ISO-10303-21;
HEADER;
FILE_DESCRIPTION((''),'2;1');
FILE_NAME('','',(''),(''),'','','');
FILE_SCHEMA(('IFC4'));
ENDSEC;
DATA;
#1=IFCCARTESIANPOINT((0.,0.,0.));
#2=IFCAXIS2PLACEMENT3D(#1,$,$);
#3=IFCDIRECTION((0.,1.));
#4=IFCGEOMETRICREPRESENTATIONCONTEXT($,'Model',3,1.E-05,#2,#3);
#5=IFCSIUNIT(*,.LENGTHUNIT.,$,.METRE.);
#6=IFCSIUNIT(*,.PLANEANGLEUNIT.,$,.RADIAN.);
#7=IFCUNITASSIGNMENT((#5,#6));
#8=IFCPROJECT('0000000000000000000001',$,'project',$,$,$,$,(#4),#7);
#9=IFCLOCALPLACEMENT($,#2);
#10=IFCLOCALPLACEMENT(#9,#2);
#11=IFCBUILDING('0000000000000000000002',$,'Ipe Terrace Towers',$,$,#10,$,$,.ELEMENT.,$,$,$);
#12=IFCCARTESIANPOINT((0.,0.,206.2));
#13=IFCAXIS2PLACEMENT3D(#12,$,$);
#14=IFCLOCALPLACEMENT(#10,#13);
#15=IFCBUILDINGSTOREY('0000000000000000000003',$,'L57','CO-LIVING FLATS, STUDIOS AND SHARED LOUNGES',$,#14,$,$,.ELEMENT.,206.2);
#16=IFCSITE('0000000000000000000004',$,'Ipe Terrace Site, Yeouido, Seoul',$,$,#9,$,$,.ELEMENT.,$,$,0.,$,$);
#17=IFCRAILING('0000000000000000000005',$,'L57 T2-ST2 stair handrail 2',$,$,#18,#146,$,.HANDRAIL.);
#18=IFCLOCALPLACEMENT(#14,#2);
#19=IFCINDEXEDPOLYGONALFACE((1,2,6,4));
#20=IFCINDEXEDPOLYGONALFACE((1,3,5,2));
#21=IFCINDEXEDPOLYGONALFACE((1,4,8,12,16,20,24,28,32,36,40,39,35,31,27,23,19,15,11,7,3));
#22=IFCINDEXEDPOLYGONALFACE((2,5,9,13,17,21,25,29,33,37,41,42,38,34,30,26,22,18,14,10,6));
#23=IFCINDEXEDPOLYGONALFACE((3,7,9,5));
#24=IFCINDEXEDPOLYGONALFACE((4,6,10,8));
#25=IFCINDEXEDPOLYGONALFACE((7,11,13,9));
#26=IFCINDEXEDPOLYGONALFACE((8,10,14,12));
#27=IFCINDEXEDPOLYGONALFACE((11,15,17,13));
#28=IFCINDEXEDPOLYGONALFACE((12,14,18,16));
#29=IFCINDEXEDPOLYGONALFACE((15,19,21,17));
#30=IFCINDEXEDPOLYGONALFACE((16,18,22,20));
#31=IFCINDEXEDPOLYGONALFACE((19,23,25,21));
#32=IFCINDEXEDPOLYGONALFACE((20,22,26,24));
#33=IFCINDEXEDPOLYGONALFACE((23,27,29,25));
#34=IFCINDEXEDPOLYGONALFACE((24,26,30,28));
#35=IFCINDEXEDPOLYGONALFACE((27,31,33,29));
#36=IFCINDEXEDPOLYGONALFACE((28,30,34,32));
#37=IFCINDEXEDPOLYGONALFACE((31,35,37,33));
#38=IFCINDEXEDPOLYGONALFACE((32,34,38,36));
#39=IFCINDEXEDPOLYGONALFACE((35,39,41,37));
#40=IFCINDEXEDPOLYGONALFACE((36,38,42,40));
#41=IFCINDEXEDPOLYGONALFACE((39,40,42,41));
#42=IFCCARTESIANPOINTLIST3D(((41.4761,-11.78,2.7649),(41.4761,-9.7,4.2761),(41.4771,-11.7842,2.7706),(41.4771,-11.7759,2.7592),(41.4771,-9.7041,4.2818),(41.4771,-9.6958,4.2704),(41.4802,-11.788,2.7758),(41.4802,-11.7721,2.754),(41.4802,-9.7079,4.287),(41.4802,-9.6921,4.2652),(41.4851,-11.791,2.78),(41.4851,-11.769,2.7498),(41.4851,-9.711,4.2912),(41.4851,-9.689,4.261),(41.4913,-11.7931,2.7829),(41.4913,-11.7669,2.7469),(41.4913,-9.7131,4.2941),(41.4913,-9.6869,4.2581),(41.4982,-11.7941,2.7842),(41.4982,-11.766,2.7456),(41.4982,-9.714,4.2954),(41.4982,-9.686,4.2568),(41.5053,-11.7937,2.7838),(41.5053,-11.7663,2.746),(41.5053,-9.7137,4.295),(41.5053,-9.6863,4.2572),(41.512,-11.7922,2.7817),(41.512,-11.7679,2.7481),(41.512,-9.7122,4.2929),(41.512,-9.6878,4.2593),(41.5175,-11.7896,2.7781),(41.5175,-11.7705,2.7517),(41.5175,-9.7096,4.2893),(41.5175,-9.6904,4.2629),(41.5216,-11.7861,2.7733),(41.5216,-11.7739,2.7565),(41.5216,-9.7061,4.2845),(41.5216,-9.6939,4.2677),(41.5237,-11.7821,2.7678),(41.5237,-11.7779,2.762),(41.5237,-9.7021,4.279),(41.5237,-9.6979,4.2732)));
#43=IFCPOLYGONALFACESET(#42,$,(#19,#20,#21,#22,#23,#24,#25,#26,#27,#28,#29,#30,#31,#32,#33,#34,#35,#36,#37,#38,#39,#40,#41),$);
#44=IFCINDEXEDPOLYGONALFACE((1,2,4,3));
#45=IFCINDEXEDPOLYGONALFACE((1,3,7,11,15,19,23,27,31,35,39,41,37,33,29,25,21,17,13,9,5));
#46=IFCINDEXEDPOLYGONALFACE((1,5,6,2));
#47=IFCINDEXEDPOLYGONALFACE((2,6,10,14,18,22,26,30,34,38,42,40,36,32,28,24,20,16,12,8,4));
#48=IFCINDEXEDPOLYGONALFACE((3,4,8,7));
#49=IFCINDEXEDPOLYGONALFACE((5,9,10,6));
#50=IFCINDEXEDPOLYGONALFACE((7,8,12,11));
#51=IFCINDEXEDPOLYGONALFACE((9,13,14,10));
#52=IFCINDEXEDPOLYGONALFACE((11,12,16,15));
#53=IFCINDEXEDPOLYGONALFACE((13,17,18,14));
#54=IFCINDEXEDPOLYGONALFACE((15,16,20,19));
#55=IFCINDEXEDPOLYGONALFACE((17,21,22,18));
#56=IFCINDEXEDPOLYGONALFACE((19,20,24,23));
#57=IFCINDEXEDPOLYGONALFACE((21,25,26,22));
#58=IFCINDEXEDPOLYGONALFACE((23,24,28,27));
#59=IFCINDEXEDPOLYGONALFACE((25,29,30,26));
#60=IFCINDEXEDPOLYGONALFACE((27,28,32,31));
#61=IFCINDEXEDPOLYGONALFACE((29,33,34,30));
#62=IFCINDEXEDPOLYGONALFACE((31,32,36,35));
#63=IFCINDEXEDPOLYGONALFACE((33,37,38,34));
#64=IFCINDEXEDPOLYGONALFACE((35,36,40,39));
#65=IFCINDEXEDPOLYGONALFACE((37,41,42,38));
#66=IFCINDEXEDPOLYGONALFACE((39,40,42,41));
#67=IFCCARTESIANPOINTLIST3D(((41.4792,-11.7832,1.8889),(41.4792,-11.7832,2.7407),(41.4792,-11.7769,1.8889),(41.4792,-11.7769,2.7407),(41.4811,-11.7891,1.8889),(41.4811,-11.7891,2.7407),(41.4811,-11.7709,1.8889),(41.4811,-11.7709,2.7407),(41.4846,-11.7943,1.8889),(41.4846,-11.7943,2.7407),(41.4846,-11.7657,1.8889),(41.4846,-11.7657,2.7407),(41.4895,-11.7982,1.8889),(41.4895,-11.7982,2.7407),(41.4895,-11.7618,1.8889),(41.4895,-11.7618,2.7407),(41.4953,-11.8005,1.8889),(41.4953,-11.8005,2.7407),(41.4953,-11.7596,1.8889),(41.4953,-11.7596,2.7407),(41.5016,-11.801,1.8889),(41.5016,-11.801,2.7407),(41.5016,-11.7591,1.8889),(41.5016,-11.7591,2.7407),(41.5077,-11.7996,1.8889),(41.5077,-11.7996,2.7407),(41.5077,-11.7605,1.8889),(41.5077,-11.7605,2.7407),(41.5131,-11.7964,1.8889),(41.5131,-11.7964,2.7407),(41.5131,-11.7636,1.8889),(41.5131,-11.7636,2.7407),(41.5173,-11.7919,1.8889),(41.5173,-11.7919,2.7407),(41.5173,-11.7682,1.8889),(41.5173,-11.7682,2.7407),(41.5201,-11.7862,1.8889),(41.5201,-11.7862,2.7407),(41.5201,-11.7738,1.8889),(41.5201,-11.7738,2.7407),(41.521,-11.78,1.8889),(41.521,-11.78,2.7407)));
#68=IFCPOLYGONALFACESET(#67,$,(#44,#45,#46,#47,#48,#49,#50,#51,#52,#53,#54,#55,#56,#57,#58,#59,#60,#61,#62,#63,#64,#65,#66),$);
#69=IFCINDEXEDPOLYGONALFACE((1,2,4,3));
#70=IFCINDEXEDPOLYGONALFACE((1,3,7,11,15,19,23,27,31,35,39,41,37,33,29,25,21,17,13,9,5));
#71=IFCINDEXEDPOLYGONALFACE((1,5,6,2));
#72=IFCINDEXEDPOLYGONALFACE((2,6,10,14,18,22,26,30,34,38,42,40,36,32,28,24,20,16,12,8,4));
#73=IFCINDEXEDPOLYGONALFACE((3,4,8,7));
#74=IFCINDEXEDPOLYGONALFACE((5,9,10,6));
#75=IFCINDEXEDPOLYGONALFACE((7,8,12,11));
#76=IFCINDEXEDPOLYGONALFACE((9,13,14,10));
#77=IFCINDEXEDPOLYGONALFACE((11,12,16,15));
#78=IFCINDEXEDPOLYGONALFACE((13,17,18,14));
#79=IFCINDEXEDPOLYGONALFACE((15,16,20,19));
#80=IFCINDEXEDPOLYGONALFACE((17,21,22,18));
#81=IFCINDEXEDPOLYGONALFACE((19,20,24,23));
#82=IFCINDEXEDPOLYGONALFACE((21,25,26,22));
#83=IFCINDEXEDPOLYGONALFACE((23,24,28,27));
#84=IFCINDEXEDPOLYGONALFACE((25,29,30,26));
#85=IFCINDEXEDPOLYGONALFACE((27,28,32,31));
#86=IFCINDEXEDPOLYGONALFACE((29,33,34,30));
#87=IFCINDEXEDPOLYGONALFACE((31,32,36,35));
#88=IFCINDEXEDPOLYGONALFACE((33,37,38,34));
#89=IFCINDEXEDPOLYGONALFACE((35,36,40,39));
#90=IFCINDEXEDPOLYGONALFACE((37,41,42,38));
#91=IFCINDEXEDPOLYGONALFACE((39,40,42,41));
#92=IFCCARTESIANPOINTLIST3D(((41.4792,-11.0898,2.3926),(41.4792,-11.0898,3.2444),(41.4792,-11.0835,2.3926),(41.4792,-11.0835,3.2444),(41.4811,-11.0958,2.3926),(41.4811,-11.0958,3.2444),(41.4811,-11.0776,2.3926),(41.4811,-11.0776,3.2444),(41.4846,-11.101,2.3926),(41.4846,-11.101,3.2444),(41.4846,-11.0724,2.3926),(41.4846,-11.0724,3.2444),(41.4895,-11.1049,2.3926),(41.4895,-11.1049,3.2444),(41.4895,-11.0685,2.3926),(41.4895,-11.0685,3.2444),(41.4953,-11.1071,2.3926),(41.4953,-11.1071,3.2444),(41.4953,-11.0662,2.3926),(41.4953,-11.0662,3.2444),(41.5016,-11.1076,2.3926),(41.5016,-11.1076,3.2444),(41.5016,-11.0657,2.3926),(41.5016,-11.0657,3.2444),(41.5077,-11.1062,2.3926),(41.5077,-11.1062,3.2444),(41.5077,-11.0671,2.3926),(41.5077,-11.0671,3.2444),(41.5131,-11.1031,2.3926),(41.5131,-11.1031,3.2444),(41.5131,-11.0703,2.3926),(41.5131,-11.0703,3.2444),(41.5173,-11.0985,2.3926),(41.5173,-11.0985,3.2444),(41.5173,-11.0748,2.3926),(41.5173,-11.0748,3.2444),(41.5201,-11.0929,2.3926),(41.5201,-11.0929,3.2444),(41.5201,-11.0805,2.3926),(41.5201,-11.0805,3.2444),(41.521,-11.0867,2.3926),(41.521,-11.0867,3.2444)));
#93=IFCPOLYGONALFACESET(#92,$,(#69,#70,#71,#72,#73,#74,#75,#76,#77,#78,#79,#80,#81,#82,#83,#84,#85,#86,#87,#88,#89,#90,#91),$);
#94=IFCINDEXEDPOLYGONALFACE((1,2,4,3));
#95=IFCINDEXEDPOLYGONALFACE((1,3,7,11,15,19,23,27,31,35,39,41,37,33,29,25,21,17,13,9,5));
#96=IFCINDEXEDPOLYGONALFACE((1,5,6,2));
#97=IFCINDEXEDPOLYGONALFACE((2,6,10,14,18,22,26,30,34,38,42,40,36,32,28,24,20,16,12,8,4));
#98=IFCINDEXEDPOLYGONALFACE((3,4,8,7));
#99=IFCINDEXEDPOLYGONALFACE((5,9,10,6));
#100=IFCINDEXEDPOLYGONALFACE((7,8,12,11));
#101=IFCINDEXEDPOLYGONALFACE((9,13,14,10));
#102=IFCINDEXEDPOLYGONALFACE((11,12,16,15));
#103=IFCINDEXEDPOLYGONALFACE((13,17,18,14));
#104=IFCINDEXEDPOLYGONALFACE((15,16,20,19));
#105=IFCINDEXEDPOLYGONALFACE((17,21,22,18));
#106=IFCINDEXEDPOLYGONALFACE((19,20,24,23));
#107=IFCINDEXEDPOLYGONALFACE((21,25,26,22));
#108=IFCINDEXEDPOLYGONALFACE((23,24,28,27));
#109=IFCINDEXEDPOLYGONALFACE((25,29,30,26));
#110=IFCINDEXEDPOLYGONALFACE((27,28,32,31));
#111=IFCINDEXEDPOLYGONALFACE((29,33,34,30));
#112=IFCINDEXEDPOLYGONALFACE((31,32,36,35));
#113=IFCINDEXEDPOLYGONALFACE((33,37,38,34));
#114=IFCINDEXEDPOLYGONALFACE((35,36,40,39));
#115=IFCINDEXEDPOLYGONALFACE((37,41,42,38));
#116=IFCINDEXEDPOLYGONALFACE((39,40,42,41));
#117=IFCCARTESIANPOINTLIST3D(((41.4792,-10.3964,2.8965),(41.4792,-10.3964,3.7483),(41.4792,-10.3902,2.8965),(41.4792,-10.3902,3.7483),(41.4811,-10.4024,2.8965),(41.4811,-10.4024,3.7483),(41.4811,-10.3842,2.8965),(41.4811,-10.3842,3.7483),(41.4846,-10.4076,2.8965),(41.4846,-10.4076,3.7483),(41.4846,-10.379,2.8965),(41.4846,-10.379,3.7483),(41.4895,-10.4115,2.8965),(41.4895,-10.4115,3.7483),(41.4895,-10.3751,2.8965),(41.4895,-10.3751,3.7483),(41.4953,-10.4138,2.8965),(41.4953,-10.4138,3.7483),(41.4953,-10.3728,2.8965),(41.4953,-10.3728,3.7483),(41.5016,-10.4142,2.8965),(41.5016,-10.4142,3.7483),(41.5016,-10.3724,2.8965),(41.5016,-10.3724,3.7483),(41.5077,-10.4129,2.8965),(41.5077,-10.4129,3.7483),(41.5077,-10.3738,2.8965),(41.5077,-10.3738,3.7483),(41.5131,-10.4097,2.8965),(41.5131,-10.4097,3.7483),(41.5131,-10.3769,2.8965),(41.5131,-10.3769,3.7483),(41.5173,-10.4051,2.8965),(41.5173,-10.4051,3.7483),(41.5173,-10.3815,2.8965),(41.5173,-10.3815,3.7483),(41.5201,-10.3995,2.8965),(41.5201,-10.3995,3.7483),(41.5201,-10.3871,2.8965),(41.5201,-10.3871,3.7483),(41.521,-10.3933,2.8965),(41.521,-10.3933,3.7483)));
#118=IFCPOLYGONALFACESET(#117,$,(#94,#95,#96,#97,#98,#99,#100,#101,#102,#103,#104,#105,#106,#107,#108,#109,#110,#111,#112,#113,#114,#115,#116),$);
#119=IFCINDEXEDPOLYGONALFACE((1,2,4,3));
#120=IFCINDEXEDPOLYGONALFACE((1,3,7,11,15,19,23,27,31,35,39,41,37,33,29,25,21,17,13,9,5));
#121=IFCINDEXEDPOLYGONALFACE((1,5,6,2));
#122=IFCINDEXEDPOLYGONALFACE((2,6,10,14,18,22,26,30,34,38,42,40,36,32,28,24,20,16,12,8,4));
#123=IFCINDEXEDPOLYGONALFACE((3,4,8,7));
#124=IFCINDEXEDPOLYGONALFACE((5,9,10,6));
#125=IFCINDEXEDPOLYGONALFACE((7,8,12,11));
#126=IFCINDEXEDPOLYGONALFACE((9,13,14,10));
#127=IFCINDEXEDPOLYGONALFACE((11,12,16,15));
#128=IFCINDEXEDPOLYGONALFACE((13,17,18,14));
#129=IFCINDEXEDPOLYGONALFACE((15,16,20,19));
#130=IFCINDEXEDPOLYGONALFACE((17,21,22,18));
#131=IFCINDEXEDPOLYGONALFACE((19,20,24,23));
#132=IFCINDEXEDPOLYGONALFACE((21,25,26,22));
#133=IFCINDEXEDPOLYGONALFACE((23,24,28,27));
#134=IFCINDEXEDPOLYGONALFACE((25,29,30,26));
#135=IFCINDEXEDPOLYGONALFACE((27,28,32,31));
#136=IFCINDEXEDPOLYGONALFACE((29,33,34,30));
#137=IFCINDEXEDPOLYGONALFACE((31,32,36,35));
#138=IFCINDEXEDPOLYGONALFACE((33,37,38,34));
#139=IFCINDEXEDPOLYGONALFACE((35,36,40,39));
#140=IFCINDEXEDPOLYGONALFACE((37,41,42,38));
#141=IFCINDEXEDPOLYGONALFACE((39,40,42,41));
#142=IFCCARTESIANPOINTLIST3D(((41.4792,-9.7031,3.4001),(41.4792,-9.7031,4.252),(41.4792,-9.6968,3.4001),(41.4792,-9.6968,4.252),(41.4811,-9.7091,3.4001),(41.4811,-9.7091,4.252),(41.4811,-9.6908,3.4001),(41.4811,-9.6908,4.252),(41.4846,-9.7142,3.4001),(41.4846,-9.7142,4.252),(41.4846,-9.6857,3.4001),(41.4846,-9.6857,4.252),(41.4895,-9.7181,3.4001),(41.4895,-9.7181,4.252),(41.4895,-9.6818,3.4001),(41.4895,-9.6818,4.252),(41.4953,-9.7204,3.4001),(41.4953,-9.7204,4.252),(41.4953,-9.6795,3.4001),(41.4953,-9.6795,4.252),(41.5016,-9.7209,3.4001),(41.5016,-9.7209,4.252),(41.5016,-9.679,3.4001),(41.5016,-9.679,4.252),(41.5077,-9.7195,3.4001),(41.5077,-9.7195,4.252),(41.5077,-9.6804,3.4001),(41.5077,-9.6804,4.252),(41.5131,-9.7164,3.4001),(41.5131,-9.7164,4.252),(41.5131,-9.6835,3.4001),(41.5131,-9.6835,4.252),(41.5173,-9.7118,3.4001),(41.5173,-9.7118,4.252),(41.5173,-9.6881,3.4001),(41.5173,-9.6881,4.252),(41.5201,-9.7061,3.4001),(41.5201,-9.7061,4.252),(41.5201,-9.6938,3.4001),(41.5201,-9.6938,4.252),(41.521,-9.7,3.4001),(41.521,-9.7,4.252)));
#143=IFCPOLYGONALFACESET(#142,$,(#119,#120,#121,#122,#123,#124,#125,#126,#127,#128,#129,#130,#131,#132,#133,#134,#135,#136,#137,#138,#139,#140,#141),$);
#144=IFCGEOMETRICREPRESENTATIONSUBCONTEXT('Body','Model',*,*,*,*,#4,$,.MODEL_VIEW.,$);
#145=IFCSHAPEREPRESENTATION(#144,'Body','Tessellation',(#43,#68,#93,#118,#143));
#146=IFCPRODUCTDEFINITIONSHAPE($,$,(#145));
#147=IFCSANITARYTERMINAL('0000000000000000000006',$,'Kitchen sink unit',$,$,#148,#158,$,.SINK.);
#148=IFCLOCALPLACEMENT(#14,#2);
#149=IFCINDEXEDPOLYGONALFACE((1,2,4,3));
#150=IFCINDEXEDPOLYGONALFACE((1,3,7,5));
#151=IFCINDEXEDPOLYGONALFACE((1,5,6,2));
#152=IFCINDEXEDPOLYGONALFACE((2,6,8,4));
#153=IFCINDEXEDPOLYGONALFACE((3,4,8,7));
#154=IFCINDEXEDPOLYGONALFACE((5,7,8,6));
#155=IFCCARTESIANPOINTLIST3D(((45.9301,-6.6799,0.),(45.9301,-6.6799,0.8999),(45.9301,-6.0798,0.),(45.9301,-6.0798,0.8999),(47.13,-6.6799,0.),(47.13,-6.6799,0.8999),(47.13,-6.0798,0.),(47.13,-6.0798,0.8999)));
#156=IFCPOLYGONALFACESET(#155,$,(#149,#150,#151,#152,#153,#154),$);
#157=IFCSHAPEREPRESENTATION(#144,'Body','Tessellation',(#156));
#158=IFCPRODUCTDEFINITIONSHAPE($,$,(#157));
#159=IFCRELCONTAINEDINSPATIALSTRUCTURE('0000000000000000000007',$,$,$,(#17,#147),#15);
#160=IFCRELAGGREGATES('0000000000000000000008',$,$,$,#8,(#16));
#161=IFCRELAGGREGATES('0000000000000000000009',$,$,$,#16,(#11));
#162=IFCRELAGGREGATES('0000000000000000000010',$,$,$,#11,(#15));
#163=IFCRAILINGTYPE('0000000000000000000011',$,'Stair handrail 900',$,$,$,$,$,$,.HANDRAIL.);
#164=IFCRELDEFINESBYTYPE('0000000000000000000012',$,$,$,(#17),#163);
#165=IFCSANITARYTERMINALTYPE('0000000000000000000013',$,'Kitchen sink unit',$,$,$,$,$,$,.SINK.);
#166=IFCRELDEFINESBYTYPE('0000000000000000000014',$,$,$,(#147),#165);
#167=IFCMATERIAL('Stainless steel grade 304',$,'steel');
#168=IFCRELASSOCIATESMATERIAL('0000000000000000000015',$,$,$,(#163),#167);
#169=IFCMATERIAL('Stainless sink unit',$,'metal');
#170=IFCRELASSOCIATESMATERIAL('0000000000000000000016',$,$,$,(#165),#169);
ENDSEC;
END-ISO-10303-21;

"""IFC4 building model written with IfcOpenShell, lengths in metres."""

from ifc_helpers import new_model, si_unit, direction, frame, origin, origin_2d, place, context, subcontext, project, spatial, rectangle, circle, extrude, material, type_object, element, save


model = new_model("IFC4")

# Units and contexts
model_context = context("Model", 3, precision=1e-05, world=origin(), true_north=direction((0.0, 1.0)))
body_context = subcontext(model_context, "Body", "Model", "MODEL_VIEW")
ifc_project = project(units=[si_unit("LENGTHUNIT", "METRE"), si_unit("PLANEANGLEUNIT", "RADIAN")], contexts=[model_context])

# Site, building, storey
site_placement = place(None, origin())
site = spatial("IfcSite", under=ifc_project, at=site_placement, Name="Ipe Terrace Site, Yeouido, Seoul", CompositionType="ELEMENT", RefElevation=0.0)
building_placement = place(site_placement, origin())
building = spatial("IfcBuilding", under=site, at=building_placement, Name="Ipe Terrace Towers", CompositionType="ELEMENT")
storey_placement = place(building_placement, frame((0.0, 0.0, 206.2)))
storey = spatial("IfcBuildingStorey", under=building, at=storey_placement, Name="L57", Description="CO-LIVING FLATS, STUDIOS AND SHARED LOUNGES", CompositionType="ELEMENT", Elevation=206.2)

# Railing
ifc_material_1 = material(Name="Stainless steel grade 304", Category="steel")
railing_type = type_object("IfcRailingType", Name="Stair handrail 900", PredefinedType="HANDRAIL", material=ifc_material_1)
railing_placement = place(storey_placement, frame((41.5, -11.78, 1.8889)))
element("IfcRailing", 1, at=railing_placement, inside=storey, type_object=railing_type, Name="L57 T2-ST2 stair handrail 2", PredefinedType="HANDRAIL", context=body_context, shape_type="SweptSolid", body=[
    extrude(circle(Radius=0.0239, at=origin_2d()), frame((0.0, 0.0, 0.876), z_axis=(0.0, 0.809023, 0.587776), x_axis=(-1.0, 0.0, 0.0)), (0.0, 0.0, 1.0), 2.571),
    extrude(circle(Radius=0.021, at=origin_2d()), origin(), (0.0, 0.0, 1.0), 0.8518),
    extrude(circle(Radius=0.021, at=origin_2d()), frame((0.0, 0.6934, 0.5037)), (0.0, 0.0, 1.0), 0.8518),
    extrude(circle(Radius=0.021, at=origin_2d()), frame((0.0, 1.3867, 1.0076)), (0.0, 0.0, 1.0), 0.8518),
    extrude(circle(Radius=0.021, at=origin_2d()), frame((0.0, 2.0801, 1.5112)), (0.0, 0.0, 1.0), 0.8518),
])

# Sanitary terminal
ifc_material_2 = material(Name="Stainless sink unit", Category="metal")
sanitary_terminal_type = type_object("IfcSanitaryTerminalType", Name="Kitchen sink unit", PredefinedType="SINK", material=ifc_material_2)
sanitary_terminal_placement = place(storey_placement, frame((46.53, -6.3799, 0.0), z_axis=(0.0, 0.0, 1.0), x_axis=(-1.0, 0.0, 0.0)))
element("IfcSanitaryTerminal", 2, at=sanitary_terminal_placement, inside=storey, type_object=sanitary_terminal_type, Name="Kitchen sink unit", PredefinedType="SINK", context=body_context, shape_type="SweptSolid", body=[
    extrude(rectangle(XDim=1.2, YDim=0.6001, at=origin_2d()), origin(), (0.0, 0.0, 1.0), 0.8999),
])

save(model, "model.ifc")
